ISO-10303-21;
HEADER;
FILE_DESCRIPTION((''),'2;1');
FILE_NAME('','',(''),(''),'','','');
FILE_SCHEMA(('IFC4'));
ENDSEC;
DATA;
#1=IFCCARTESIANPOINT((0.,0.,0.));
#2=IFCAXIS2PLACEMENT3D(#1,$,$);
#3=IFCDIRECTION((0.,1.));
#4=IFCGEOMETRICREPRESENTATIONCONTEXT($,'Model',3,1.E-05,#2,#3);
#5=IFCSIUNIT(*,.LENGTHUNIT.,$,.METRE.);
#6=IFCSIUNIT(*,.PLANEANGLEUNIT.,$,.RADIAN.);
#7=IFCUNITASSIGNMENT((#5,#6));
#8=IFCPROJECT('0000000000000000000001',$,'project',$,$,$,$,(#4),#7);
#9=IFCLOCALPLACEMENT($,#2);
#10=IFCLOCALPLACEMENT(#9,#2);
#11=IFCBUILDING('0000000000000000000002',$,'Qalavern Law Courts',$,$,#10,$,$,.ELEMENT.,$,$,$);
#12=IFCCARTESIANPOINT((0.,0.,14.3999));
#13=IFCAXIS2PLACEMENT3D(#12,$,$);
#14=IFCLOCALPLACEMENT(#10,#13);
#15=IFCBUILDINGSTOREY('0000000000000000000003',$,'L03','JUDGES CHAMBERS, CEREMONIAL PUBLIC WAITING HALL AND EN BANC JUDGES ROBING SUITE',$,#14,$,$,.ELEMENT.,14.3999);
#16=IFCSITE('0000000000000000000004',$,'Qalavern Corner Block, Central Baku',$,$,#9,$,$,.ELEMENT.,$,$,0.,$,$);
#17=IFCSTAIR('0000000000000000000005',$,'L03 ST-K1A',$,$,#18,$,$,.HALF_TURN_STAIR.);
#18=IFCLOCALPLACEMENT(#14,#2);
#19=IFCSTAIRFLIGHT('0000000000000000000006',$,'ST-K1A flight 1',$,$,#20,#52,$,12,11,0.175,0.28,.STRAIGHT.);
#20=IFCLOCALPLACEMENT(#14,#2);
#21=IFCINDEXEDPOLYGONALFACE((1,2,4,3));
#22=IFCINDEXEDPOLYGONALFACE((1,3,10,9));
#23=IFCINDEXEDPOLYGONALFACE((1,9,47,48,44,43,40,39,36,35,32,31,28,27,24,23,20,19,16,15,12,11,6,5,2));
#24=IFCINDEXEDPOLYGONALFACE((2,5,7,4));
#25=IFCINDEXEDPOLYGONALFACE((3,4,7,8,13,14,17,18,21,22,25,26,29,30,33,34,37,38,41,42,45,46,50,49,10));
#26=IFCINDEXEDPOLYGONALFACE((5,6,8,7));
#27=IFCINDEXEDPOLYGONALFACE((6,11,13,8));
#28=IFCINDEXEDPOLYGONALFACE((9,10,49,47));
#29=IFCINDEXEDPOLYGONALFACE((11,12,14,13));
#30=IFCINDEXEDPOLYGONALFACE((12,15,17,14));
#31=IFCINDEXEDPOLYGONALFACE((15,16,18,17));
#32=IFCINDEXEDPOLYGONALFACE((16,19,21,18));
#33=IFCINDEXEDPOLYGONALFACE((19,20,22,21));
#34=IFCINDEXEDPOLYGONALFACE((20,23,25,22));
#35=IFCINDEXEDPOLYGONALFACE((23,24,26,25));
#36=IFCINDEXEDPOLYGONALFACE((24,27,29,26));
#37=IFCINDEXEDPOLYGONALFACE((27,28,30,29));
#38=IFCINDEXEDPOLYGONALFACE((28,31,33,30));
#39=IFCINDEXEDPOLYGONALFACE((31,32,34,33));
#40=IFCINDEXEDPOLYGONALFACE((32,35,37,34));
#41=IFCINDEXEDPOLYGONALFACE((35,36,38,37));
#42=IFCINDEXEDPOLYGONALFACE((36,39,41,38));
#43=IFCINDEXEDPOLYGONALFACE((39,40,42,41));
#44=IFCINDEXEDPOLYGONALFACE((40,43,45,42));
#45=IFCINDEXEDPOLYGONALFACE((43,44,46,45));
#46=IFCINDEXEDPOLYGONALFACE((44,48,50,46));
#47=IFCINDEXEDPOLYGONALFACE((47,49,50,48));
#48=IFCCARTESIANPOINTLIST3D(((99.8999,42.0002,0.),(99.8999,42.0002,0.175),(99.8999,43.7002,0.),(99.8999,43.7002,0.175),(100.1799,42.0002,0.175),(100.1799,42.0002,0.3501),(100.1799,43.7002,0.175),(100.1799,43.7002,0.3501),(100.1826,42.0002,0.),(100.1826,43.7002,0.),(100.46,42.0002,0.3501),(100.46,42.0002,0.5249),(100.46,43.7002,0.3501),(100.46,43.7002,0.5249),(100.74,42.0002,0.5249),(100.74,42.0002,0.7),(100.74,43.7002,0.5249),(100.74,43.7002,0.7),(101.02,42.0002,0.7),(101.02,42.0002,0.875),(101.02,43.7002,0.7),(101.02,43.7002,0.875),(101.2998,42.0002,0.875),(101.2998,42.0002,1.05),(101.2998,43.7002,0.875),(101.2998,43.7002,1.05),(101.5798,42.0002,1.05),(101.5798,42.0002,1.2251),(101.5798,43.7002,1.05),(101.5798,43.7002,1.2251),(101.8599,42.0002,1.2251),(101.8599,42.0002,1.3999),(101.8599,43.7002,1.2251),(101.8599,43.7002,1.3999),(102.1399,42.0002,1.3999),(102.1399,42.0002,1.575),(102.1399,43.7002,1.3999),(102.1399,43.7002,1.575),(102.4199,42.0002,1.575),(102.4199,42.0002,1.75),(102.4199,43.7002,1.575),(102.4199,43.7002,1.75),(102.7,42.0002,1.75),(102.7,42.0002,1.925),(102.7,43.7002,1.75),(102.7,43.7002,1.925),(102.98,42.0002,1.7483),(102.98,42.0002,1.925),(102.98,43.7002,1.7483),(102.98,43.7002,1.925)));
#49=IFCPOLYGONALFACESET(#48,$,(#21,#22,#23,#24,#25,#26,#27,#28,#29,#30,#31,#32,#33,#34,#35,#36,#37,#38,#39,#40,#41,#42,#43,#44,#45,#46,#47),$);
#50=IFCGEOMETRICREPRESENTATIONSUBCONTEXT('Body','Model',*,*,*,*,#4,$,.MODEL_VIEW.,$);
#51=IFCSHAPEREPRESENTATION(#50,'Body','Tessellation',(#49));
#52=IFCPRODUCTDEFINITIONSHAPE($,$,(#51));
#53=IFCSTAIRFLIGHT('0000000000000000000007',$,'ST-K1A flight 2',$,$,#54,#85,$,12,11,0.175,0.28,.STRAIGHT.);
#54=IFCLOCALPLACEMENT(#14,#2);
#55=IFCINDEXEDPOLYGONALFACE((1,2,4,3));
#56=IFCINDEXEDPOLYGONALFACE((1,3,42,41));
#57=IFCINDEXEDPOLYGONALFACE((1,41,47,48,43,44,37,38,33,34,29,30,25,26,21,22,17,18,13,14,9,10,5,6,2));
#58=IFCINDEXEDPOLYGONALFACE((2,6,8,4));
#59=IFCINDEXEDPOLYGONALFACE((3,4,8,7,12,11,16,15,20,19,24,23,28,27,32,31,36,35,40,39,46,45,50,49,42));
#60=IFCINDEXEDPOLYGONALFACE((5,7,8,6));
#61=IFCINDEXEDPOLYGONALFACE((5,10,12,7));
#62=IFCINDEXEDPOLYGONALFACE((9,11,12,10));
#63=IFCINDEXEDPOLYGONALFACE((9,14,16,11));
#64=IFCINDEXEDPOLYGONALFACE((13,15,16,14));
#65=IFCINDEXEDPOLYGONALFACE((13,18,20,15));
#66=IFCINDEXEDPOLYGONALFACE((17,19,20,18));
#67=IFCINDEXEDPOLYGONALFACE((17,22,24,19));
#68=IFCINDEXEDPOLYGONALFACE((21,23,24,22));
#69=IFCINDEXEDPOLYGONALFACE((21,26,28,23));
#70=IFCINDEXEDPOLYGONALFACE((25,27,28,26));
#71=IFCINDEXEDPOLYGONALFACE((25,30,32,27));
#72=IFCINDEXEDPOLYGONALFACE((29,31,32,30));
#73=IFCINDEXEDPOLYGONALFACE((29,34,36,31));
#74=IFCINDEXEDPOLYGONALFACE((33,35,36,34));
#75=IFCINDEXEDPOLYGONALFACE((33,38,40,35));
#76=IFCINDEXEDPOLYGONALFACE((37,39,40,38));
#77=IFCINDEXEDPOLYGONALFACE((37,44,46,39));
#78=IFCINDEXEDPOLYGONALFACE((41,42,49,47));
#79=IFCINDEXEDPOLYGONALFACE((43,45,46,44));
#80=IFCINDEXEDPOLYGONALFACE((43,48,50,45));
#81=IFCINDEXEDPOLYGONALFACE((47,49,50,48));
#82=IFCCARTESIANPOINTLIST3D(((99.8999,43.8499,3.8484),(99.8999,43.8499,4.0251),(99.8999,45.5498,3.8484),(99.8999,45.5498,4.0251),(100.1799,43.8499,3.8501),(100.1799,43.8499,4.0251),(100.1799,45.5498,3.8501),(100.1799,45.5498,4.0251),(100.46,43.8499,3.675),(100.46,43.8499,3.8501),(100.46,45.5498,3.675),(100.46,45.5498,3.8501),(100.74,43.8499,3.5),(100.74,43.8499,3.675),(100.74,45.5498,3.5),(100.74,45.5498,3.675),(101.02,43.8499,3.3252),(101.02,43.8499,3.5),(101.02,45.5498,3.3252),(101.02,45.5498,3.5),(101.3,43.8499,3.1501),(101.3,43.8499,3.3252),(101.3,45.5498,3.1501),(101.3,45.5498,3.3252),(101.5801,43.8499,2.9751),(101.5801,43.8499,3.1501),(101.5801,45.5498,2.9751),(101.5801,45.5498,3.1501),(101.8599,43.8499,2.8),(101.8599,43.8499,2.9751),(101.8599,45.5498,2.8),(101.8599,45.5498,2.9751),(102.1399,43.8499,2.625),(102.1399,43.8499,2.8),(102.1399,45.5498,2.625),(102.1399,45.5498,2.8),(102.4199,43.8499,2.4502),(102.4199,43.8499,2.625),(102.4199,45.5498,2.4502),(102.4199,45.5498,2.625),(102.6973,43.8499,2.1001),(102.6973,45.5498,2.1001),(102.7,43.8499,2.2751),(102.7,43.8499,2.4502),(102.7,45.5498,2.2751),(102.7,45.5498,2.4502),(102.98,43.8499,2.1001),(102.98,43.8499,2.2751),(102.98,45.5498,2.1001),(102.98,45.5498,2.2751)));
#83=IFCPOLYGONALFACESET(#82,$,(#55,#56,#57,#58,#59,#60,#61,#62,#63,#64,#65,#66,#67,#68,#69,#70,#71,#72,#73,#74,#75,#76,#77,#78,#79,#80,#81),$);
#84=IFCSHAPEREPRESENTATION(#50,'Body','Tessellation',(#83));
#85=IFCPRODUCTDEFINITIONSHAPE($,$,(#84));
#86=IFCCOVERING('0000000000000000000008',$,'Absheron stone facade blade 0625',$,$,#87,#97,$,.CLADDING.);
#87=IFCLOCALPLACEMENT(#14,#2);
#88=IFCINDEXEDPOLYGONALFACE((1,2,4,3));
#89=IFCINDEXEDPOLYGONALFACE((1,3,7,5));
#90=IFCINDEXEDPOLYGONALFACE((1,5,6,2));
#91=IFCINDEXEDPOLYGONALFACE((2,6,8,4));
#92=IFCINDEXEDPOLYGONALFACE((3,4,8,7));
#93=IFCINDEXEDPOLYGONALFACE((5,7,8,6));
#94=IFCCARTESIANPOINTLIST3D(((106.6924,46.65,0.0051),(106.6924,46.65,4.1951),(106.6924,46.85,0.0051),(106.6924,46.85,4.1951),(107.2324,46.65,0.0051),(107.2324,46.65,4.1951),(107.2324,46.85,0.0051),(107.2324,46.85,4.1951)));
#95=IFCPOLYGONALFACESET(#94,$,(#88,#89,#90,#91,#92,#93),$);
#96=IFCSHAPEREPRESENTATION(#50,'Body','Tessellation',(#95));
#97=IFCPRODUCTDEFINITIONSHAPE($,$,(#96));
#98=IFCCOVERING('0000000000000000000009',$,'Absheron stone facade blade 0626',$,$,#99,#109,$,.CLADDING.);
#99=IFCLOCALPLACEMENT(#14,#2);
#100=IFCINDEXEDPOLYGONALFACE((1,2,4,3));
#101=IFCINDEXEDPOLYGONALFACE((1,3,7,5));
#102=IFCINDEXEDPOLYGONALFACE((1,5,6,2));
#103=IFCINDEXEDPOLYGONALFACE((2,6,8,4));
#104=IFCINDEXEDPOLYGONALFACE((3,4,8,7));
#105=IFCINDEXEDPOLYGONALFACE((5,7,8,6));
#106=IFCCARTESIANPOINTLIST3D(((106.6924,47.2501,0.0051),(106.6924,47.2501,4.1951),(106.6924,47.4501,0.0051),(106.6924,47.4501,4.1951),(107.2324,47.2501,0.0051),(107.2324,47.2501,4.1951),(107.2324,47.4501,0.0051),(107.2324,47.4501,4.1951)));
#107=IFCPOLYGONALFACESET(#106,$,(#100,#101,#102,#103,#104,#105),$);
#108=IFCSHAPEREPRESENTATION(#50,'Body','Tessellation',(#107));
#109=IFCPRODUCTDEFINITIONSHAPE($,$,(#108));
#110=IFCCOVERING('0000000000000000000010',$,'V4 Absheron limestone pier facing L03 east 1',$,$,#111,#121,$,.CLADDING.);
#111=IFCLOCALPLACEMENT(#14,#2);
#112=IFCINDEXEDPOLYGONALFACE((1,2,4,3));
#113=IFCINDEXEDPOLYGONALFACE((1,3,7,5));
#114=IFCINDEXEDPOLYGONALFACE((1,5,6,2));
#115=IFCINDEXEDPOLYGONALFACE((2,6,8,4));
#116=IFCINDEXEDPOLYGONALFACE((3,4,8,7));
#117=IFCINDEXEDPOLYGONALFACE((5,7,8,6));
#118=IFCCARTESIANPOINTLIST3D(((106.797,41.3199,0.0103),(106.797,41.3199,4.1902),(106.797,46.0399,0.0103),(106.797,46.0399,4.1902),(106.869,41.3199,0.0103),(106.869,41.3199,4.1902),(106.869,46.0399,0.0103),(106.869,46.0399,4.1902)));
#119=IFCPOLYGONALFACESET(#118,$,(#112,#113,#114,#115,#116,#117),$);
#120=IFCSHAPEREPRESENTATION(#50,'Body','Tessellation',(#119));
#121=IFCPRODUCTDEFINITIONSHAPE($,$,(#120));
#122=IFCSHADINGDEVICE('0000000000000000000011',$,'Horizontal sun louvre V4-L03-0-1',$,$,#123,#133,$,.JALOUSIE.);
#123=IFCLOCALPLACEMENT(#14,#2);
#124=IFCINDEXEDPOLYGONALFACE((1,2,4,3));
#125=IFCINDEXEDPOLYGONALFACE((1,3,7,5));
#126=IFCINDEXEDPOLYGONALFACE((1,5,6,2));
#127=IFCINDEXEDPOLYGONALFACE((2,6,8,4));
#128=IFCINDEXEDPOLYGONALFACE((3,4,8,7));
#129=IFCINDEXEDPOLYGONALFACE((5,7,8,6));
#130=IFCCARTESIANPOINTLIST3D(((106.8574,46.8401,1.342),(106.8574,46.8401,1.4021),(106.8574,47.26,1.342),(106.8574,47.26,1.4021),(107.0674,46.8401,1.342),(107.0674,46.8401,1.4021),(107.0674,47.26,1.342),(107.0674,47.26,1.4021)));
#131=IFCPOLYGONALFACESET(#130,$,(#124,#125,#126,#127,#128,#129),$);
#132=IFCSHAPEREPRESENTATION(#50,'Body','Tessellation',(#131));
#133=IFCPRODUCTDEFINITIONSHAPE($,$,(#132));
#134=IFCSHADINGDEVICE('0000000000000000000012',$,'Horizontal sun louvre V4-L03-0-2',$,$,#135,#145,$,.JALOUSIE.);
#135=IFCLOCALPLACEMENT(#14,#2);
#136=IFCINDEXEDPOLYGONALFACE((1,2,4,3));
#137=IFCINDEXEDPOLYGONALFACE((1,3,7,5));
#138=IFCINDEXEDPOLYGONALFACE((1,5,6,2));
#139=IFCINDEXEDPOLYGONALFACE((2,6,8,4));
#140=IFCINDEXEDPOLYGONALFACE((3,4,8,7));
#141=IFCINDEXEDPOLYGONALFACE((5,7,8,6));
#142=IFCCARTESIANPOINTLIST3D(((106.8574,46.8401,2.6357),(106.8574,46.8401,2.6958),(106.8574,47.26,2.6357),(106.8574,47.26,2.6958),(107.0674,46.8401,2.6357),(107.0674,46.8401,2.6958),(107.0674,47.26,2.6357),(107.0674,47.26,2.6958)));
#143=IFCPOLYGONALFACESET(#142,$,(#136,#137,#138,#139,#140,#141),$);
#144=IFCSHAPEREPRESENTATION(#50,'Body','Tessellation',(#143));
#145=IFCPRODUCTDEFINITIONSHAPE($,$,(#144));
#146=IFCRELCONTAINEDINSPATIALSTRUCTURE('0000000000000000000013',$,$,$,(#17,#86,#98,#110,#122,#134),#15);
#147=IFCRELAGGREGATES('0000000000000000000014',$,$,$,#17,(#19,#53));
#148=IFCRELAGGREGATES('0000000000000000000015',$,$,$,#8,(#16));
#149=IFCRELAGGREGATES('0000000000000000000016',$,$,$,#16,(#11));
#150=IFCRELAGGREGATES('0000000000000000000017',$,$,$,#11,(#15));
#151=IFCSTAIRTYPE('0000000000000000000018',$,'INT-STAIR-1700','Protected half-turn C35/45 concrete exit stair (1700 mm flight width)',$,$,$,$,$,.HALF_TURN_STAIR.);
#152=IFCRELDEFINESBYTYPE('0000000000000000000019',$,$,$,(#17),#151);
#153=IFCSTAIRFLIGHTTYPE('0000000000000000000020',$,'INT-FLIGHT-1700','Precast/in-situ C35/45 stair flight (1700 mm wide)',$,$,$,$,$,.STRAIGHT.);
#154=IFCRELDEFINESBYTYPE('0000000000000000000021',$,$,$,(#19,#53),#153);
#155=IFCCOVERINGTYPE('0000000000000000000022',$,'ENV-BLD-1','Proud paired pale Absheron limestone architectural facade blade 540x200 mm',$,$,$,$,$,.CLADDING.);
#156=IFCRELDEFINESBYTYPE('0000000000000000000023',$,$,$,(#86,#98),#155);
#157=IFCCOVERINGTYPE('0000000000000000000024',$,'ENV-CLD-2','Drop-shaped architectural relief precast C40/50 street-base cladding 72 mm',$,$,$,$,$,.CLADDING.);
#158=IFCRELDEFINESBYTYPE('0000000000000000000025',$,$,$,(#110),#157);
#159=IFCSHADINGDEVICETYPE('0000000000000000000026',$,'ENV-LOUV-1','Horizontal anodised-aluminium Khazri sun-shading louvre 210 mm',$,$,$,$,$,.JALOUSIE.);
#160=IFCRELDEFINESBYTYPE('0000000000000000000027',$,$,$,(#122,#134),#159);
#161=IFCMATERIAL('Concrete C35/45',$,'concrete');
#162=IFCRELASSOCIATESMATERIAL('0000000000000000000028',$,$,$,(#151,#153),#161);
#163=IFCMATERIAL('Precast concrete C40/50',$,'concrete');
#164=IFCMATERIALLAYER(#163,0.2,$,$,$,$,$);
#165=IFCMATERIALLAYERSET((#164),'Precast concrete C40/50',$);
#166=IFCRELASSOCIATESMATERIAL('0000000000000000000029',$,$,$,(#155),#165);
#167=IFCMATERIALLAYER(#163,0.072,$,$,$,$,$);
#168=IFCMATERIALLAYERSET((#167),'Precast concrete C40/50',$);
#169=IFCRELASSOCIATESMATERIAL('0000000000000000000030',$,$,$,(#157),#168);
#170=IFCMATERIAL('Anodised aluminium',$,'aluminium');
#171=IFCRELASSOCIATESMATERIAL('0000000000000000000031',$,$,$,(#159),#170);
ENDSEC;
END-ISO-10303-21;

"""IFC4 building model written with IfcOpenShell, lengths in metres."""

from ifc_helpers import new_model, si_unit, direction, frame, origin, origin_2d, place, context, subcontext, project, spatial, polyline, rectangle, outline, extrude, material, layer, layer_set, type_object, element, aggregate, save


model = new_model("IFC4")

# Units and contexts
model_context = context("Model", 3, precision=1e-05, world=origin(), true_north=direction((0.0, 1.0)))
body_context = subcontext(model_context, "Body", "Model", "MODEL_VIEW")
ifc_project = project(units=[si_unit("LENGTHUNIT", "METRE"), si_unit("PLANEANGLEUNIT", "RADIAN")], contexts=[model_context])

# Site, building, storey
site_placement = place(None, origin())
site = spatial("IfcSite", under=ifc_project, at=site_placement, Name="Qalavern Corner Block, Central Baku", CompositionType="ELEMENT", RefElevation=0.0)
building_placement = place(site_placement, origin())
building = spatial("IfcBuilding", under=site, at=building_placement, Name="Qalavern Law Courts", CompositionType="ELEMENT")
storey_placement = place(building_placement, frame((0.0, 0.0, 14.3999)))
storey = spatial("IfcBuildingStorey", under=building, at=storey_placement, Name="L03", Description="JUDGES CHAMBERS, CEREMONIAL PUBLIC WAITING HALL AND EN BANC JUDGES ROBING SUITE", CompositionType="ELEMENT", Elevation=14.3999)

# Shared definitions
ifc_material_1 = material(Name="Anodised aluminium", Category="aluminium")

# Stair, stair flights
ifc_material_2 = material(Name="Concrete C35/45", Category="concrete")
stair_type = type_object("IfcStairType", Name="INT-STAIR-1700", Description="Protected half-turn C35/45 concrete exit stair (1700 mm flight width)", PredefinedType="HALF_TURN_STAIR", material=ifc_material_2)
stair_placement = place(storey_placement, origin())
stair = element("IfcStair", 1, at=stair_placement, inside=storey, type_object=stair_type, Name="L03 ST-K1A", PredefinedType="HALF_TURN_STAIR")
stair_flight_type = type_object("IfcStairFlightType", Name="INT-FLIGHT-1700", Description="Precast/in-situ C35/45 stair flight (1700 mm wide)", PredefinedType="STRAIGHT", material=ifc_material_2)
stair_flight_1_placement = place(storey_placement, frame((99.8999, 42.8501, 0.0), z_axis=(0.0, 0.0, 1.0), x_axis=(1.0, 0.0, 0.0)))
stair_flight_1 = element("IfcStairFlight", 2, at=stair_flight_1_placement, type_object=stair_flight_type, Name="ST-K1A flight 1", NumberOfRisers=12, NumberOfTreads=11, PredefinedType="STRAIGHT", RiserHeight=0.175, TreadLength=0.28, context=body_context, shape_type="SweptSolid", body=[
    extrude(outline(polyline([(0.0, 0.0), (0.0, 0.175), (0.28, 0.175), (0.28, 0.3501), (0.5601, 0.3501), (0.5601, 0.5249), (0.8401, 0.5249), (0.8401, 0.7), (1.1201, 0.7), (1.1201, 0.875), (1.3999, 0.875), (1.3999, 1.05), (1.6799, 1.05), (1.6799, 1.2251), (1.96, 1.2251), (1.96, 1.3999), (2.24, 1.3999), (2.24, 1.575), (2.52, 1.575), (2.52, 1.75), (2.8, 1.75), (2.8, 1.925), (3.0801, 1.925), (3.0801, 2.1001), (3.0801, 1.7483), (0.2827, 0.0), (0.0, 0.0)])), frame((0.0, 0.8501, 0.0), z_axis=(0.0, -1.0, 0.0), x_axis=(1.0, 0.0, 0.0)), (0.0, 0.0, 1.0), 1.7),
])
stair_flight_2_placement = place(storey_placement, frame((102.98, 44.7, 2.1001), z_axis=(0.0, 0.0, 1.0), x_axis=(-1.0, 0.0, 0.0)))
stair_flight_2 = element("IfcStairFlight", 3, at=stair_flight_2_placement, type_object=stair_flight_type, Name="ST-K1A flight 2", NumberOfRisers=12, NumberOfTreads=11, PredefinedType="STRAIGHT", RiserHeight=0.175, TreadLength=0.28, context=body_context, shape_type="SweptSolid", body=[
    extrude(outline(polyline([(0.0, 0.0), (0.0, 0.175), (0.28, 0.175), (0.28, 0.3501), (0.5601, 0.3501), (0.5601, 0.5249), (0.8401, 0.5249), (0.8401, 0.7), (1.1201, 0.7), (1.1201, 0.875), (1.3999, 0.875), (1.3999, 1.05), (1.6799, 1.05), (1.6799, 1.2251), (1.96, 1.2251), (1.96, 1.3999), (2.24, 1.3999), (2.24, 1.575), (2.52, 1.575), (2.52, 1.75), (2.8, 1.75), (2.8, 1.925), (3.0801, 1.925), (3.0801, 2.1001), (3.0801, 1.7483), (0.2827, 0.0), (0.0, 0.0)])), frame((0.0, 0.8501, 0.0), z_axis=(0.0, -1.0, 0.0), x_axis=(1.0, 0.0, 0.0)), (0.0, 0.0, 1.0), 1.7),
])
aggregate(stair, [stair_flight_1, stair_flight_2])

# Coverings
ifc_material_3 = material(Name="Precast concrete C40/50", Category="concrete")
ifc_layer_1 = layer(ifc_material_3, 0.2)
ifc_layer_set_1 = layer_set([ifc_layer_1], Name="Precast concrete C40/50")
covering_type_1 = type_object("IfcCoveringType", Name="ENV-BLD-1", Description="Proud paired pale Absheron limestone architectural facade blade 540x200 mm", PredefinedType="CLADDING", material=ifc_layer_set_1)
for number, where, z_axis, x_axis, name in (
    (4, (106.9624, 46.75, 0.0051), (0.0, 0.0, 1.0), (1.0, 0.0, 0.0), "Absheron stone facade blade 0625"),
    (5, (106.9624, 47.3501, 0.0051), (0.0, 0.0, 1.0), (1.0, 0.0, 0.0), "Absheron stone facade blade 0626"),
):
    element("IfcCovering", number, at=place(storey_placement, frame(where, z_axis=z_axis, x_axis=x_axis)), inside=storey, type_object=covering_type_1, Name=name, PredefinedType="CLADDING", context=body_context, shape_type="SweptSolid", body=[
        extrude(rectangle(XDim=0.54, YDim=0.2, at=origin_2d()), origin(), (0.0, 0.0, 1.0), 4.1899),
    ])
ifc_layer_2 = layer(ifc_material_3, 0.072)
ifc_layer_set_2 = layer_set([ifc_layer_2], Name="Precast concrete C40/50")
covering_type_2 = type_object("IfcCoveringType", Name="ENV-CLD-2", Description="Drop-shaped architectural relief precast C40/50 street-base cladding 72 mm", PredefinedType="CLADDING", material=ifc_layer_set_2)
covering_placement = place(storey_placement, frame((106.833, 43.6799, 0.0103), z_axis=(0.0, 0.0, 1.0), x_axis=(0.0, 1.0, 0.0)))
element("IfcCovering", 6, at=covering_placement, inside=storey, type_object=covering_type_2, Name="V4 Absheron limestone pier facing L03 east 1", PredefinedType="CLADDING", context=body_context, shape_type="SweptSolid", body=[
    extrude(rectangle(XDim=4.72, YDim=0.072, at=origin_2d()), origin(), (0.0, 0.0, 1.0), 4.1799),
])

# Shading devices
shading_device_type = type_object("IfcShadingDeviceType", Name="ENV-LOUV-1", Description="Horizontal anodised-aluminium Khazri sun-shading louvre 210 mm", PredefinedType="JALOUSIE", material=ifc_material_1)
for number, where, z_axis, x_axis, name in (
    (7, (106.9624, 47.05, 1.342), (0.0, 0.0, 1.0), (0.0, 1.0, 0.0), "Horizontal sun louvre V4-L03-0-1"),
    (8, (106.9624, 47.05, 2.6357), (0.0, 0.0, 1.0), (0.0, 1.0, 0.0), "Horizontal sun louvre V4-L03-0-2"),
):
    element("IfcShadingDevice", number, at=place(storey_placement, frame(where, z_axis=z_axis, x_axis=x_axis)), inside=storey, type_object=shading_device_type, Name=name, PredefinedType="JALOUSIE", context=body_context, shape_type="SweptSolid", body=[
        extrude(rectangle(XDim=0.4199, YDim=0.21, at=origin_2d()), origin(), (0.0, 0.0, 1.0), 0.0601),
    ])

save(model, "model.ifc")
